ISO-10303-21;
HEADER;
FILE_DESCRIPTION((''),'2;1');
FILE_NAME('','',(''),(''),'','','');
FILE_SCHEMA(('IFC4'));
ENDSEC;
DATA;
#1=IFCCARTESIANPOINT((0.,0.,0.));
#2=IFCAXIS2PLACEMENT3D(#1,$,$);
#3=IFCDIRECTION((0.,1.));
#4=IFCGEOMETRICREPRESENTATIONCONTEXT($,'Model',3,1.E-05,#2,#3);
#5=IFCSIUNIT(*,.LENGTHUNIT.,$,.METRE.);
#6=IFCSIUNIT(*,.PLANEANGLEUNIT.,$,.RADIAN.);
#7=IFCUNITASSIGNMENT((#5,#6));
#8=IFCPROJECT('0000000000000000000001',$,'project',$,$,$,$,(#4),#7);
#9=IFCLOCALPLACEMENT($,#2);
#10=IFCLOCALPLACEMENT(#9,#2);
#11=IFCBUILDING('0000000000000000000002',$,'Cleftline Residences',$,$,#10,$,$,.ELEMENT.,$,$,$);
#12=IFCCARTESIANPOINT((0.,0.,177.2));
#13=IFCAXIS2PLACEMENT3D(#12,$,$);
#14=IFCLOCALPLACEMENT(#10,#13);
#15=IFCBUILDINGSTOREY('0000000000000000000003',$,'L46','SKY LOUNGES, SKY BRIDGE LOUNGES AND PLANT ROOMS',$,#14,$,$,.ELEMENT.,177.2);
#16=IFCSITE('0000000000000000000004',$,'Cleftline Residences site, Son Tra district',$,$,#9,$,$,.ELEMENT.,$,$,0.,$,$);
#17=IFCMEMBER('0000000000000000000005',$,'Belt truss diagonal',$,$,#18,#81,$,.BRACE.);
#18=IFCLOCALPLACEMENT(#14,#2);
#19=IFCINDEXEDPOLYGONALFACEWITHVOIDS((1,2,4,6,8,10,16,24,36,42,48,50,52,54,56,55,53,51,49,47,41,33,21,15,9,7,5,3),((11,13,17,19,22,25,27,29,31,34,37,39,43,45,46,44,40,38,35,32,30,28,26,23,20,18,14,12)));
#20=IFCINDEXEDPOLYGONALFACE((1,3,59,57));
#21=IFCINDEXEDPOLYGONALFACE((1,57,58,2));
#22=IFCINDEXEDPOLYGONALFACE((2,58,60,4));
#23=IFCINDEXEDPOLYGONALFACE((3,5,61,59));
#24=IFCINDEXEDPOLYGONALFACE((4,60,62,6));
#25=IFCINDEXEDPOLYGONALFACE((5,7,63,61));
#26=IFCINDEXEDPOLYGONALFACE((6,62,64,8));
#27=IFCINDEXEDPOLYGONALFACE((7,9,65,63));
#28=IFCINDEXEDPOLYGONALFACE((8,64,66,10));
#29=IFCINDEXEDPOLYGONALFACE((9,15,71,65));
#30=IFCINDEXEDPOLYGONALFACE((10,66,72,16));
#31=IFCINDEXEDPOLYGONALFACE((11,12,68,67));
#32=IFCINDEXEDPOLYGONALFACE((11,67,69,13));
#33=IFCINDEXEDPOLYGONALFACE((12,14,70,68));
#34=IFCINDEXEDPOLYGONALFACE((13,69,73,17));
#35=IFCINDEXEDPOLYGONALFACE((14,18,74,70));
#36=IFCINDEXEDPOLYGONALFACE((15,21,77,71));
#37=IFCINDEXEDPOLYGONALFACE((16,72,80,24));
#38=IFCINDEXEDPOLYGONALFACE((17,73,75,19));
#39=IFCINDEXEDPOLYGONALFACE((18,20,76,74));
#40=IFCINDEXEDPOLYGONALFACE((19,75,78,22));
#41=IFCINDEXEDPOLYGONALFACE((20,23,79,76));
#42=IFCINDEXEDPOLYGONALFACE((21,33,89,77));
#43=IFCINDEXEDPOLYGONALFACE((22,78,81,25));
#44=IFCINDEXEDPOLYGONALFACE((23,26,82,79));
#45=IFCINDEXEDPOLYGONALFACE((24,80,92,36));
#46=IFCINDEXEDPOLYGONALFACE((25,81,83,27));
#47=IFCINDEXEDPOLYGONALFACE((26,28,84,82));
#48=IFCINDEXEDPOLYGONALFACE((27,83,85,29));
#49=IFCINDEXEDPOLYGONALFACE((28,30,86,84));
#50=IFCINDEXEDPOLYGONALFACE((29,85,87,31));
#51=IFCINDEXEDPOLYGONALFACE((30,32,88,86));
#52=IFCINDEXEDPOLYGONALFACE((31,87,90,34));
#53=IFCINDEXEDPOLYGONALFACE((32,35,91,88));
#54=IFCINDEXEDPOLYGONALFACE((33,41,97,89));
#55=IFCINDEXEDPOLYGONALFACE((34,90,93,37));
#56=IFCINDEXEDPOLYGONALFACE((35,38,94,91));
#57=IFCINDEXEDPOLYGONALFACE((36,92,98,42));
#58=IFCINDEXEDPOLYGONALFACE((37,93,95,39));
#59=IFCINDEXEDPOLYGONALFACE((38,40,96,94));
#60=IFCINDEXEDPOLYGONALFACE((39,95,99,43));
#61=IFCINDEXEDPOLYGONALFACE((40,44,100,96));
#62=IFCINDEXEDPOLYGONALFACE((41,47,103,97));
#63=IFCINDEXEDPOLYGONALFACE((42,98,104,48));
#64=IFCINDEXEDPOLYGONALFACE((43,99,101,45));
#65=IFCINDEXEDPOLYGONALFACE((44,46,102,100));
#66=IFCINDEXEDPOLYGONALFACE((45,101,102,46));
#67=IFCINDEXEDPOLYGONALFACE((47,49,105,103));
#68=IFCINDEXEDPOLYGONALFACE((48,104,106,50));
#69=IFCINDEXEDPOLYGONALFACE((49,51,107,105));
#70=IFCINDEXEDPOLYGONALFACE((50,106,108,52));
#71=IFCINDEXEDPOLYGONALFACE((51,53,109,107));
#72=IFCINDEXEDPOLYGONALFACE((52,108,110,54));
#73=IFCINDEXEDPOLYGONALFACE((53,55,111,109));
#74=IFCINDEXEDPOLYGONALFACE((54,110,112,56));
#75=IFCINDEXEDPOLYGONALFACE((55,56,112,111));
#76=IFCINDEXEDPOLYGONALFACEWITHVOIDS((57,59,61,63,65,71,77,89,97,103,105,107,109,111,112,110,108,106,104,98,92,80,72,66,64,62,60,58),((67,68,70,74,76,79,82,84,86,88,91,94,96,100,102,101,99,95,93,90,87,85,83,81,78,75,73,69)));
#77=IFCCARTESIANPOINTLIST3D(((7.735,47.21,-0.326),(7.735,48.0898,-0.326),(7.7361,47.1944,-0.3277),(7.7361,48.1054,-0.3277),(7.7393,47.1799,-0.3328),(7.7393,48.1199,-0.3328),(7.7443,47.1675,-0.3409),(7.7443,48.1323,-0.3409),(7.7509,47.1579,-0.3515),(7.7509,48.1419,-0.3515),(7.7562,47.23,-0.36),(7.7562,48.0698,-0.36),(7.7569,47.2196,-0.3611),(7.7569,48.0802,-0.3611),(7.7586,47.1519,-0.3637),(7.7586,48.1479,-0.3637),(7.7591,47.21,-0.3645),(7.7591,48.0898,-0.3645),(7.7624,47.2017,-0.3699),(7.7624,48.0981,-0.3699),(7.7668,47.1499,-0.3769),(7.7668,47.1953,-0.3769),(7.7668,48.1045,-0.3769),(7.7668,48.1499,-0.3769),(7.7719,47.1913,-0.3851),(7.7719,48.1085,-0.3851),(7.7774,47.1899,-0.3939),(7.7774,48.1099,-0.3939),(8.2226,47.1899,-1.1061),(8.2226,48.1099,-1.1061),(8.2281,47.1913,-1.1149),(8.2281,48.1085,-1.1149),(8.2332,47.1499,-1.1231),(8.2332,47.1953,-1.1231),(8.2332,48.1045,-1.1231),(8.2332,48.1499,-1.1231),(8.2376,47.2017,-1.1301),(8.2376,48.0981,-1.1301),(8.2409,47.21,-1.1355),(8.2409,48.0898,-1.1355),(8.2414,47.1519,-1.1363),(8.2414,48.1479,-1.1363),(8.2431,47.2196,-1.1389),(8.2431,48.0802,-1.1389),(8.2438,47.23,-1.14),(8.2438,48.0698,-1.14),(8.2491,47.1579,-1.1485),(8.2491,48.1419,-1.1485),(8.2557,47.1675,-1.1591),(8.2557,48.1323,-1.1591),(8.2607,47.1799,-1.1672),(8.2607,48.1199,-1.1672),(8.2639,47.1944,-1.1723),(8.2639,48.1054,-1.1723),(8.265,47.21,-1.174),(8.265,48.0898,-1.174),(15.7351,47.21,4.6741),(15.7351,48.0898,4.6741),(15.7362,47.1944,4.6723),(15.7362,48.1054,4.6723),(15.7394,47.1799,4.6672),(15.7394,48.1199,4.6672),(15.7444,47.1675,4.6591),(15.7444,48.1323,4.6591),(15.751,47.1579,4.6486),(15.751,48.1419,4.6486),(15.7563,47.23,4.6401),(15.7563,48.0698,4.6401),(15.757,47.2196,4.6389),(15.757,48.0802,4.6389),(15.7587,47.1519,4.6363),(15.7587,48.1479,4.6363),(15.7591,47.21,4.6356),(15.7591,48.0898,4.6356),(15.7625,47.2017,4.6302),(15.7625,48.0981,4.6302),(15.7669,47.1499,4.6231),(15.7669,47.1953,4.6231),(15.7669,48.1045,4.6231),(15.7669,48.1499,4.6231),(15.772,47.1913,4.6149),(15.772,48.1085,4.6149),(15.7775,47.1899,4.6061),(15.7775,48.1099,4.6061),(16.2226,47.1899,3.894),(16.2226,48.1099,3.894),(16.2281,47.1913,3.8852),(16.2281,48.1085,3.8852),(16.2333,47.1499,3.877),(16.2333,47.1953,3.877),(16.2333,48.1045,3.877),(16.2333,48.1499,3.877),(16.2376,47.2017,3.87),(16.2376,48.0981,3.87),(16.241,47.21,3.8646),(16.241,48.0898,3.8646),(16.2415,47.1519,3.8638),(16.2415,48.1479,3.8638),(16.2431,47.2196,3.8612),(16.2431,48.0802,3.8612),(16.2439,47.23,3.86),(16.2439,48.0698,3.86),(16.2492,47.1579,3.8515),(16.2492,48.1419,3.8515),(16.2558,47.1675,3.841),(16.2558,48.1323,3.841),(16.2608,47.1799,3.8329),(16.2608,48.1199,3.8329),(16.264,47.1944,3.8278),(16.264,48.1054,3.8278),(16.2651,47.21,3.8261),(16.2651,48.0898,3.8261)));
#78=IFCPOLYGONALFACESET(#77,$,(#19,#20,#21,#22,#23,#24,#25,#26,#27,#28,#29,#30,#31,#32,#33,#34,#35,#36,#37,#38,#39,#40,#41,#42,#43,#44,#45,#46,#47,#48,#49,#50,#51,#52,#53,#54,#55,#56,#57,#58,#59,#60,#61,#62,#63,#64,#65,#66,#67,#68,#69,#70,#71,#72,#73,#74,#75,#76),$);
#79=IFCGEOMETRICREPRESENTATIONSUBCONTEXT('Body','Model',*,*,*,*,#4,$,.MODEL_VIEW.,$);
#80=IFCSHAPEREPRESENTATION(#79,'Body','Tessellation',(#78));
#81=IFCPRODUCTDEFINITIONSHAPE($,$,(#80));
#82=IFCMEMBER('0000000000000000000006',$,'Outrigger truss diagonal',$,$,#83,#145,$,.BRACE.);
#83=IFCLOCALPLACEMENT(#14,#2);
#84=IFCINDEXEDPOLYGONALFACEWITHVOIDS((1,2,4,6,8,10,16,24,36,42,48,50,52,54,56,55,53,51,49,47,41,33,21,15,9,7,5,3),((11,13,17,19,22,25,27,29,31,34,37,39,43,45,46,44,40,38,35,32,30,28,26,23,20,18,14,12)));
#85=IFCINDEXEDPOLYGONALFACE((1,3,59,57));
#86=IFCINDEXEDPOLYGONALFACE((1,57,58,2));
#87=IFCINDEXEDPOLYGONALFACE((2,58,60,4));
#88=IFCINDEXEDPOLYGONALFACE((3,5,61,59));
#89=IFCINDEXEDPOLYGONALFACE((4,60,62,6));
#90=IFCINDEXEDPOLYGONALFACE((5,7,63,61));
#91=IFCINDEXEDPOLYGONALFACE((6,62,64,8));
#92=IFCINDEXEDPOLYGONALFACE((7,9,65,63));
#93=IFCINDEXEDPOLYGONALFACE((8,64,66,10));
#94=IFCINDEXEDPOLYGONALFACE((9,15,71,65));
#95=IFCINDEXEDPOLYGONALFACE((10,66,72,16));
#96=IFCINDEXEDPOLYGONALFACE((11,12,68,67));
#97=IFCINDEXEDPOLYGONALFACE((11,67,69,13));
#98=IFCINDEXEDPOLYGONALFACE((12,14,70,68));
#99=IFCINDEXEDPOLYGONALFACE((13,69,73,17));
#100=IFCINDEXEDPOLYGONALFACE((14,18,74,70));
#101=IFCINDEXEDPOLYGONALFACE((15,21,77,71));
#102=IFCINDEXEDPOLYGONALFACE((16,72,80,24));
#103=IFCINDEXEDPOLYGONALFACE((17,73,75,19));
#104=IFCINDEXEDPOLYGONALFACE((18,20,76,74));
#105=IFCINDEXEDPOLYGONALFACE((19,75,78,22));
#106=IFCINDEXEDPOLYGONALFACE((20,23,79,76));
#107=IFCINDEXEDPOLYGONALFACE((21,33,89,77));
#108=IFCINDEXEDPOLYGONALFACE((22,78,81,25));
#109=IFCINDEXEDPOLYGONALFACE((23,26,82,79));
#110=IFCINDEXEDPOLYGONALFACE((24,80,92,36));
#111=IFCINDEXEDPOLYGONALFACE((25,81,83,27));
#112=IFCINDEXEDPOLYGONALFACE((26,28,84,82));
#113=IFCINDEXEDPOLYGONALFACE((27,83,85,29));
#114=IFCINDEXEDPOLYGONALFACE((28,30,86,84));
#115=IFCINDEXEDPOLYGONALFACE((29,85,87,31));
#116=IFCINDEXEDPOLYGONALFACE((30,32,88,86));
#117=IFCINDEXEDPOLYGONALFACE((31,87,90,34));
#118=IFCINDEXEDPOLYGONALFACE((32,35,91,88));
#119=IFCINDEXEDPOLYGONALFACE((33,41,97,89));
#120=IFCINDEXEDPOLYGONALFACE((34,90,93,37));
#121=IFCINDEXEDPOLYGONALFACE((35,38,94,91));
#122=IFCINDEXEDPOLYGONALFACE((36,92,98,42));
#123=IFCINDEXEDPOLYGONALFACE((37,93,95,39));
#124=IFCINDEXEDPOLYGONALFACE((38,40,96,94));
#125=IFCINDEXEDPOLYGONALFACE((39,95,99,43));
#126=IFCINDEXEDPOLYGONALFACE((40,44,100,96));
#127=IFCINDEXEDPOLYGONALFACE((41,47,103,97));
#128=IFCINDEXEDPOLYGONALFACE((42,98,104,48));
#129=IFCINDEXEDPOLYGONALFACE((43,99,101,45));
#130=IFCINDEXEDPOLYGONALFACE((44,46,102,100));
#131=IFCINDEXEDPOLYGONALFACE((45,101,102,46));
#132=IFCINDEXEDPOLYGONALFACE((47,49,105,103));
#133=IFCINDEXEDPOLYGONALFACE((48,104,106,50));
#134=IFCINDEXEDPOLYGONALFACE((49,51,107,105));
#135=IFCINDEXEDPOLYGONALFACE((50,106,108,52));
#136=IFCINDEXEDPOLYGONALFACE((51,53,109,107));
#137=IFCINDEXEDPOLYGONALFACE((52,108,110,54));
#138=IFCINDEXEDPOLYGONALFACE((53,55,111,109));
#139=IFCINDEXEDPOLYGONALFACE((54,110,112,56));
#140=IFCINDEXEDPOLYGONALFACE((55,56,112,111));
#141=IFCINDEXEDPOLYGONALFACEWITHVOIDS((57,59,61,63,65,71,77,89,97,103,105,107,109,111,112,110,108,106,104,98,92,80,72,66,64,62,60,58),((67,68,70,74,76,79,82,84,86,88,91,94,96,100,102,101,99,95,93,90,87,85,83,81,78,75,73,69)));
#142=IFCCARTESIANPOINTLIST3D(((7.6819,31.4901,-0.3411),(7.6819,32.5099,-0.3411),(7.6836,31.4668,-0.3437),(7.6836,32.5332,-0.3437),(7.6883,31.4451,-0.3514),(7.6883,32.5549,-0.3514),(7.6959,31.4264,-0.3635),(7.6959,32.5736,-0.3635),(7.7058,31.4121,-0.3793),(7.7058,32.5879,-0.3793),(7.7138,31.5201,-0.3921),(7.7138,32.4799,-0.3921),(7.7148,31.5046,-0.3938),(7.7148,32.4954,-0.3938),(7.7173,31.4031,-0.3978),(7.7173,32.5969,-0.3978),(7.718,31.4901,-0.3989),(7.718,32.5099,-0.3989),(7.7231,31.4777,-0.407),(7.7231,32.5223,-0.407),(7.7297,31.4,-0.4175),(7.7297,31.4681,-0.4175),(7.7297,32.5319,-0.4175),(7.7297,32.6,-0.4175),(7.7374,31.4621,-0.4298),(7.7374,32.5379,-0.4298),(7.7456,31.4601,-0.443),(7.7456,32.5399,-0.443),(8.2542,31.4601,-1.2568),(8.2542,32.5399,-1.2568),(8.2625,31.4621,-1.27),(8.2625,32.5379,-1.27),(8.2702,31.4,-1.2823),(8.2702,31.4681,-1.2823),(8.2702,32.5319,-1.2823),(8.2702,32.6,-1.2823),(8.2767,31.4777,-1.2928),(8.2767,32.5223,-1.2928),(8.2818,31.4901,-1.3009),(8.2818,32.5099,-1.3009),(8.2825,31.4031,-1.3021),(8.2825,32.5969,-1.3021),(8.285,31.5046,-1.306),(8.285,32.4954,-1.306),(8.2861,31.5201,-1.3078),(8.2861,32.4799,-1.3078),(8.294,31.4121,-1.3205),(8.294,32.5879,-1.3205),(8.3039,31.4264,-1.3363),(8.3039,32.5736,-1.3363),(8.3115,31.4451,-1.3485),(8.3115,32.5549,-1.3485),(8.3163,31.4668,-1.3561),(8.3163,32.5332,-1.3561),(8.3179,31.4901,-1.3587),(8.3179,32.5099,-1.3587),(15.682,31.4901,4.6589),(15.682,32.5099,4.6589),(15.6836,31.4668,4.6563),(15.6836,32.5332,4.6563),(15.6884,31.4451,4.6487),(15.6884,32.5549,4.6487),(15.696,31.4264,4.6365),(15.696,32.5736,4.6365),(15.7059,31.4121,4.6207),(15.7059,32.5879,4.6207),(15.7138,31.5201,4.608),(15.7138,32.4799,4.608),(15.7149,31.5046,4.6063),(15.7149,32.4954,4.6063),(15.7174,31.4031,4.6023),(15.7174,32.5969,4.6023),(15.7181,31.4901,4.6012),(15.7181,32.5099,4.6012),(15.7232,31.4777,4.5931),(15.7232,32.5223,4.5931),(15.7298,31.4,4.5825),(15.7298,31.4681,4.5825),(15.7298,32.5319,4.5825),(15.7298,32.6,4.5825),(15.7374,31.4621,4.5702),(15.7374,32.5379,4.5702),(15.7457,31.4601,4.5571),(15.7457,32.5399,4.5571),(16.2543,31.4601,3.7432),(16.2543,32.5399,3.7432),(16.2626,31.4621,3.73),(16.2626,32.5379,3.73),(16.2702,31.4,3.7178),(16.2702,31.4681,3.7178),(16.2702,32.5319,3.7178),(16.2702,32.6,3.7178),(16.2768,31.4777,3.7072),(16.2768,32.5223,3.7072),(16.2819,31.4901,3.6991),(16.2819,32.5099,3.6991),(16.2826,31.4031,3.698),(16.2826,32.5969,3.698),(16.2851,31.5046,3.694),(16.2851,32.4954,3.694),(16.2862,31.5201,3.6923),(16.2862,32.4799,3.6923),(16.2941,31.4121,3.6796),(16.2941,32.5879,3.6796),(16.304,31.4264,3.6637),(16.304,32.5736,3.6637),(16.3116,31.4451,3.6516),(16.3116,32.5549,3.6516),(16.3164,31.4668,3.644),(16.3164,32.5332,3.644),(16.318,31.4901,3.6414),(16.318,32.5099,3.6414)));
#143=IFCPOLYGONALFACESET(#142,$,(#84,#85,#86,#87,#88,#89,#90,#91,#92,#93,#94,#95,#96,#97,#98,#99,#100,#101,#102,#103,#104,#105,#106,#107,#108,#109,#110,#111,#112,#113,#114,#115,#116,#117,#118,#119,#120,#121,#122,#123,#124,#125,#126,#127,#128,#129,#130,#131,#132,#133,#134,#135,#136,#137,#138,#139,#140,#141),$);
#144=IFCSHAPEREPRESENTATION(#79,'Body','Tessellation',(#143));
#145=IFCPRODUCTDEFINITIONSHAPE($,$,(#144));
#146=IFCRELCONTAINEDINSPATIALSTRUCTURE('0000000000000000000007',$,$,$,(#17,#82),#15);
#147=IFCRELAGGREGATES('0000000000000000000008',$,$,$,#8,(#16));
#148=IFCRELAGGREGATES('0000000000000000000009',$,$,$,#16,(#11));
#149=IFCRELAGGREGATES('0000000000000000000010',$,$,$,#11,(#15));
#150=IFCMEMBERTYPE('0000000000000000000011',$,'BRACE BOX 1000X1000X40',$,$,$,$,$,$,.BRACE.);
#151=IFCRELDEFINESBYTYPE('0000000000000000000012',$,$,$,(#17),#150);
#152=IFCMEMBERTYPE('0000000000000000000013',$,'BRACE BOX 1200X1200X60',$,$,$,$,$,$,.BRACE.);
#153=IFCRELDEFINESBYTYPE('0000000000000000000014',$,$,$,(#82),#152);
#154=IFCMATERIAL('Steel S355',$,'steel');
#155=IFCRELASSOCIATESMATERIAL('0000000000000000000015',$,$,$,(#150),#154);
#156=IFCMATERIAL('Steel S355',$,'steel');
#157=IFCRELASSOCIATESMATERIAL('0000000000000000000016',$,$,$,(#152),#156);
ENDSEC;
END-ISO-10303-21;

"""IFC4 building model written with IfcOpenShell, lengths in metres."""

from ifc_helpers import new_model, si_unit, direction, frame, origin, origin_2d, place, context, subcontext, project, spatial, hollow_rectangle, extrude, material, material_profile, profile_set, type_object, element, save


model = new_model("IFC4")

# Units and contexts
model_context = context("Model", 3, precision=1e-05, world=origin(), true_north=direction((0.0, 1.0)))
body_context = subcontext(model_context, "Body", "Model", "MODEL_VIEW")
ifc_project = project(units=[si_unit("LENGTHUNIT", "METRE"), si_unit("PLANEANGLEUNIT", "RADIAN")], contexts=[model_context])

# Site, building, storey
site_placement = place(None, origin())
site = spatial("IfcSite", under=ifc_project, at=site_placement, Name="Cleftline Residences site, Son Tra district", CompositionType="ELEMENT", RefElevation=0.0)
building_placement = place(site_placement, origin())
building = spatial("IfcBuilding", under=site, at=building_placement, Name="Cleftline Residences", CompositionType="ELEMENT")
storey_placement = place(building_placement, frame((0.0, 0.0, 177.2)))
storey = spatial("IfcBuildingStorey", under=building, at=storey_placement, Name="L46", Description="SKY LOUNGES, SKY BRIDGE LOUNGES AND PLANT ROOMS", CompositionType="ELEMENT", Elevation=177.2)

# Members
ifc_material_1 = material(Name="Steel S355", Category="steel")
ifc_material_profile_1 = material_profile(ifc_material_1, hollow_rectangle(XDim=1.0, YDim=1.0, WallThickness=0.04, InnerFilletRadius=0.04, OuterFilletRadius=0.0601, at=origin_2d()))
ifc_profile_set_1 = profile_set([ifc_material_profile_1], Name="Steel S355")
member_type_1 = type_object("IfcMemberType", Name="BRACE BOX 1000X1000X40", PredefinedType="BRACE", material=ifc_profile_set_1)
member_1_placement = place(storey_placement, frame((8.0, 47.6499, -0.75), z_axis=(0.847998, 0.0, 0.529999), x_axis=(-0.529999, 0.0, 0.847998)))
element("IfcMember", 1, at=member_1_placement, inside=storey, type_object=member_type_1, Name="Belt truss diagonal", PredefinedType="BRACE", context=body_context, shape_type="SweptSolid", body=[
    extrude(hollow_rectangle(XDim=1.0, YDim=1.0, WallThickness=0.04, InnerFilletRadius=0.04, OuterFilletRadius=0.0601, at=origin_2d()), origin(), (0.0, 0.0, 1.0), 9.4341),
])
ifc_material_2 = material(Name="Steel S355", Category="steel")
ifc_material_profile_2 = material_profile(ifc_material_2, hollow_rectangle(XDim=1.2, YDim=1.2, WallThickness=0.0601, InnerFilletRadius=0.0601, OuterFilletRadius=0.0901, at=origin_2d()))
ifc_profile_set_2 = profile_set([ifc_material_profile_2], Name="Steel S355")
member_type_2 = type_object("IfcMemberType", Name="BRACE BOX 1200X1200X60", PredefinedType="BRACE", material=ifc_profile_set_2)
member_2_placement = place(storey_placement, frame((16.0, 32.0, 4.1501), z_axis=(-0.847998, 0.0, -0.529999), x_axis=(-0.529999, 0.0, 0.847998)))
element("IfcMember", 2, at=member_2_placement, inside=storey, type_object=member_type_2, Name="Outrigger truss diagonal", PredefinedType="BRACE", context=body_context, shape_type="SweptSolid", body=[
    extrude(hollow_rectangle(XDim=1.2, YDim=1.2, WallThickness=0.0601, InnerFilletRadius=0.0601, OuterFilletRadius=0.0901, at=origin_2d()), origin(), (0.0, 0.0, 1.0), 9.4341),
])

save(model, "model.ifc")
